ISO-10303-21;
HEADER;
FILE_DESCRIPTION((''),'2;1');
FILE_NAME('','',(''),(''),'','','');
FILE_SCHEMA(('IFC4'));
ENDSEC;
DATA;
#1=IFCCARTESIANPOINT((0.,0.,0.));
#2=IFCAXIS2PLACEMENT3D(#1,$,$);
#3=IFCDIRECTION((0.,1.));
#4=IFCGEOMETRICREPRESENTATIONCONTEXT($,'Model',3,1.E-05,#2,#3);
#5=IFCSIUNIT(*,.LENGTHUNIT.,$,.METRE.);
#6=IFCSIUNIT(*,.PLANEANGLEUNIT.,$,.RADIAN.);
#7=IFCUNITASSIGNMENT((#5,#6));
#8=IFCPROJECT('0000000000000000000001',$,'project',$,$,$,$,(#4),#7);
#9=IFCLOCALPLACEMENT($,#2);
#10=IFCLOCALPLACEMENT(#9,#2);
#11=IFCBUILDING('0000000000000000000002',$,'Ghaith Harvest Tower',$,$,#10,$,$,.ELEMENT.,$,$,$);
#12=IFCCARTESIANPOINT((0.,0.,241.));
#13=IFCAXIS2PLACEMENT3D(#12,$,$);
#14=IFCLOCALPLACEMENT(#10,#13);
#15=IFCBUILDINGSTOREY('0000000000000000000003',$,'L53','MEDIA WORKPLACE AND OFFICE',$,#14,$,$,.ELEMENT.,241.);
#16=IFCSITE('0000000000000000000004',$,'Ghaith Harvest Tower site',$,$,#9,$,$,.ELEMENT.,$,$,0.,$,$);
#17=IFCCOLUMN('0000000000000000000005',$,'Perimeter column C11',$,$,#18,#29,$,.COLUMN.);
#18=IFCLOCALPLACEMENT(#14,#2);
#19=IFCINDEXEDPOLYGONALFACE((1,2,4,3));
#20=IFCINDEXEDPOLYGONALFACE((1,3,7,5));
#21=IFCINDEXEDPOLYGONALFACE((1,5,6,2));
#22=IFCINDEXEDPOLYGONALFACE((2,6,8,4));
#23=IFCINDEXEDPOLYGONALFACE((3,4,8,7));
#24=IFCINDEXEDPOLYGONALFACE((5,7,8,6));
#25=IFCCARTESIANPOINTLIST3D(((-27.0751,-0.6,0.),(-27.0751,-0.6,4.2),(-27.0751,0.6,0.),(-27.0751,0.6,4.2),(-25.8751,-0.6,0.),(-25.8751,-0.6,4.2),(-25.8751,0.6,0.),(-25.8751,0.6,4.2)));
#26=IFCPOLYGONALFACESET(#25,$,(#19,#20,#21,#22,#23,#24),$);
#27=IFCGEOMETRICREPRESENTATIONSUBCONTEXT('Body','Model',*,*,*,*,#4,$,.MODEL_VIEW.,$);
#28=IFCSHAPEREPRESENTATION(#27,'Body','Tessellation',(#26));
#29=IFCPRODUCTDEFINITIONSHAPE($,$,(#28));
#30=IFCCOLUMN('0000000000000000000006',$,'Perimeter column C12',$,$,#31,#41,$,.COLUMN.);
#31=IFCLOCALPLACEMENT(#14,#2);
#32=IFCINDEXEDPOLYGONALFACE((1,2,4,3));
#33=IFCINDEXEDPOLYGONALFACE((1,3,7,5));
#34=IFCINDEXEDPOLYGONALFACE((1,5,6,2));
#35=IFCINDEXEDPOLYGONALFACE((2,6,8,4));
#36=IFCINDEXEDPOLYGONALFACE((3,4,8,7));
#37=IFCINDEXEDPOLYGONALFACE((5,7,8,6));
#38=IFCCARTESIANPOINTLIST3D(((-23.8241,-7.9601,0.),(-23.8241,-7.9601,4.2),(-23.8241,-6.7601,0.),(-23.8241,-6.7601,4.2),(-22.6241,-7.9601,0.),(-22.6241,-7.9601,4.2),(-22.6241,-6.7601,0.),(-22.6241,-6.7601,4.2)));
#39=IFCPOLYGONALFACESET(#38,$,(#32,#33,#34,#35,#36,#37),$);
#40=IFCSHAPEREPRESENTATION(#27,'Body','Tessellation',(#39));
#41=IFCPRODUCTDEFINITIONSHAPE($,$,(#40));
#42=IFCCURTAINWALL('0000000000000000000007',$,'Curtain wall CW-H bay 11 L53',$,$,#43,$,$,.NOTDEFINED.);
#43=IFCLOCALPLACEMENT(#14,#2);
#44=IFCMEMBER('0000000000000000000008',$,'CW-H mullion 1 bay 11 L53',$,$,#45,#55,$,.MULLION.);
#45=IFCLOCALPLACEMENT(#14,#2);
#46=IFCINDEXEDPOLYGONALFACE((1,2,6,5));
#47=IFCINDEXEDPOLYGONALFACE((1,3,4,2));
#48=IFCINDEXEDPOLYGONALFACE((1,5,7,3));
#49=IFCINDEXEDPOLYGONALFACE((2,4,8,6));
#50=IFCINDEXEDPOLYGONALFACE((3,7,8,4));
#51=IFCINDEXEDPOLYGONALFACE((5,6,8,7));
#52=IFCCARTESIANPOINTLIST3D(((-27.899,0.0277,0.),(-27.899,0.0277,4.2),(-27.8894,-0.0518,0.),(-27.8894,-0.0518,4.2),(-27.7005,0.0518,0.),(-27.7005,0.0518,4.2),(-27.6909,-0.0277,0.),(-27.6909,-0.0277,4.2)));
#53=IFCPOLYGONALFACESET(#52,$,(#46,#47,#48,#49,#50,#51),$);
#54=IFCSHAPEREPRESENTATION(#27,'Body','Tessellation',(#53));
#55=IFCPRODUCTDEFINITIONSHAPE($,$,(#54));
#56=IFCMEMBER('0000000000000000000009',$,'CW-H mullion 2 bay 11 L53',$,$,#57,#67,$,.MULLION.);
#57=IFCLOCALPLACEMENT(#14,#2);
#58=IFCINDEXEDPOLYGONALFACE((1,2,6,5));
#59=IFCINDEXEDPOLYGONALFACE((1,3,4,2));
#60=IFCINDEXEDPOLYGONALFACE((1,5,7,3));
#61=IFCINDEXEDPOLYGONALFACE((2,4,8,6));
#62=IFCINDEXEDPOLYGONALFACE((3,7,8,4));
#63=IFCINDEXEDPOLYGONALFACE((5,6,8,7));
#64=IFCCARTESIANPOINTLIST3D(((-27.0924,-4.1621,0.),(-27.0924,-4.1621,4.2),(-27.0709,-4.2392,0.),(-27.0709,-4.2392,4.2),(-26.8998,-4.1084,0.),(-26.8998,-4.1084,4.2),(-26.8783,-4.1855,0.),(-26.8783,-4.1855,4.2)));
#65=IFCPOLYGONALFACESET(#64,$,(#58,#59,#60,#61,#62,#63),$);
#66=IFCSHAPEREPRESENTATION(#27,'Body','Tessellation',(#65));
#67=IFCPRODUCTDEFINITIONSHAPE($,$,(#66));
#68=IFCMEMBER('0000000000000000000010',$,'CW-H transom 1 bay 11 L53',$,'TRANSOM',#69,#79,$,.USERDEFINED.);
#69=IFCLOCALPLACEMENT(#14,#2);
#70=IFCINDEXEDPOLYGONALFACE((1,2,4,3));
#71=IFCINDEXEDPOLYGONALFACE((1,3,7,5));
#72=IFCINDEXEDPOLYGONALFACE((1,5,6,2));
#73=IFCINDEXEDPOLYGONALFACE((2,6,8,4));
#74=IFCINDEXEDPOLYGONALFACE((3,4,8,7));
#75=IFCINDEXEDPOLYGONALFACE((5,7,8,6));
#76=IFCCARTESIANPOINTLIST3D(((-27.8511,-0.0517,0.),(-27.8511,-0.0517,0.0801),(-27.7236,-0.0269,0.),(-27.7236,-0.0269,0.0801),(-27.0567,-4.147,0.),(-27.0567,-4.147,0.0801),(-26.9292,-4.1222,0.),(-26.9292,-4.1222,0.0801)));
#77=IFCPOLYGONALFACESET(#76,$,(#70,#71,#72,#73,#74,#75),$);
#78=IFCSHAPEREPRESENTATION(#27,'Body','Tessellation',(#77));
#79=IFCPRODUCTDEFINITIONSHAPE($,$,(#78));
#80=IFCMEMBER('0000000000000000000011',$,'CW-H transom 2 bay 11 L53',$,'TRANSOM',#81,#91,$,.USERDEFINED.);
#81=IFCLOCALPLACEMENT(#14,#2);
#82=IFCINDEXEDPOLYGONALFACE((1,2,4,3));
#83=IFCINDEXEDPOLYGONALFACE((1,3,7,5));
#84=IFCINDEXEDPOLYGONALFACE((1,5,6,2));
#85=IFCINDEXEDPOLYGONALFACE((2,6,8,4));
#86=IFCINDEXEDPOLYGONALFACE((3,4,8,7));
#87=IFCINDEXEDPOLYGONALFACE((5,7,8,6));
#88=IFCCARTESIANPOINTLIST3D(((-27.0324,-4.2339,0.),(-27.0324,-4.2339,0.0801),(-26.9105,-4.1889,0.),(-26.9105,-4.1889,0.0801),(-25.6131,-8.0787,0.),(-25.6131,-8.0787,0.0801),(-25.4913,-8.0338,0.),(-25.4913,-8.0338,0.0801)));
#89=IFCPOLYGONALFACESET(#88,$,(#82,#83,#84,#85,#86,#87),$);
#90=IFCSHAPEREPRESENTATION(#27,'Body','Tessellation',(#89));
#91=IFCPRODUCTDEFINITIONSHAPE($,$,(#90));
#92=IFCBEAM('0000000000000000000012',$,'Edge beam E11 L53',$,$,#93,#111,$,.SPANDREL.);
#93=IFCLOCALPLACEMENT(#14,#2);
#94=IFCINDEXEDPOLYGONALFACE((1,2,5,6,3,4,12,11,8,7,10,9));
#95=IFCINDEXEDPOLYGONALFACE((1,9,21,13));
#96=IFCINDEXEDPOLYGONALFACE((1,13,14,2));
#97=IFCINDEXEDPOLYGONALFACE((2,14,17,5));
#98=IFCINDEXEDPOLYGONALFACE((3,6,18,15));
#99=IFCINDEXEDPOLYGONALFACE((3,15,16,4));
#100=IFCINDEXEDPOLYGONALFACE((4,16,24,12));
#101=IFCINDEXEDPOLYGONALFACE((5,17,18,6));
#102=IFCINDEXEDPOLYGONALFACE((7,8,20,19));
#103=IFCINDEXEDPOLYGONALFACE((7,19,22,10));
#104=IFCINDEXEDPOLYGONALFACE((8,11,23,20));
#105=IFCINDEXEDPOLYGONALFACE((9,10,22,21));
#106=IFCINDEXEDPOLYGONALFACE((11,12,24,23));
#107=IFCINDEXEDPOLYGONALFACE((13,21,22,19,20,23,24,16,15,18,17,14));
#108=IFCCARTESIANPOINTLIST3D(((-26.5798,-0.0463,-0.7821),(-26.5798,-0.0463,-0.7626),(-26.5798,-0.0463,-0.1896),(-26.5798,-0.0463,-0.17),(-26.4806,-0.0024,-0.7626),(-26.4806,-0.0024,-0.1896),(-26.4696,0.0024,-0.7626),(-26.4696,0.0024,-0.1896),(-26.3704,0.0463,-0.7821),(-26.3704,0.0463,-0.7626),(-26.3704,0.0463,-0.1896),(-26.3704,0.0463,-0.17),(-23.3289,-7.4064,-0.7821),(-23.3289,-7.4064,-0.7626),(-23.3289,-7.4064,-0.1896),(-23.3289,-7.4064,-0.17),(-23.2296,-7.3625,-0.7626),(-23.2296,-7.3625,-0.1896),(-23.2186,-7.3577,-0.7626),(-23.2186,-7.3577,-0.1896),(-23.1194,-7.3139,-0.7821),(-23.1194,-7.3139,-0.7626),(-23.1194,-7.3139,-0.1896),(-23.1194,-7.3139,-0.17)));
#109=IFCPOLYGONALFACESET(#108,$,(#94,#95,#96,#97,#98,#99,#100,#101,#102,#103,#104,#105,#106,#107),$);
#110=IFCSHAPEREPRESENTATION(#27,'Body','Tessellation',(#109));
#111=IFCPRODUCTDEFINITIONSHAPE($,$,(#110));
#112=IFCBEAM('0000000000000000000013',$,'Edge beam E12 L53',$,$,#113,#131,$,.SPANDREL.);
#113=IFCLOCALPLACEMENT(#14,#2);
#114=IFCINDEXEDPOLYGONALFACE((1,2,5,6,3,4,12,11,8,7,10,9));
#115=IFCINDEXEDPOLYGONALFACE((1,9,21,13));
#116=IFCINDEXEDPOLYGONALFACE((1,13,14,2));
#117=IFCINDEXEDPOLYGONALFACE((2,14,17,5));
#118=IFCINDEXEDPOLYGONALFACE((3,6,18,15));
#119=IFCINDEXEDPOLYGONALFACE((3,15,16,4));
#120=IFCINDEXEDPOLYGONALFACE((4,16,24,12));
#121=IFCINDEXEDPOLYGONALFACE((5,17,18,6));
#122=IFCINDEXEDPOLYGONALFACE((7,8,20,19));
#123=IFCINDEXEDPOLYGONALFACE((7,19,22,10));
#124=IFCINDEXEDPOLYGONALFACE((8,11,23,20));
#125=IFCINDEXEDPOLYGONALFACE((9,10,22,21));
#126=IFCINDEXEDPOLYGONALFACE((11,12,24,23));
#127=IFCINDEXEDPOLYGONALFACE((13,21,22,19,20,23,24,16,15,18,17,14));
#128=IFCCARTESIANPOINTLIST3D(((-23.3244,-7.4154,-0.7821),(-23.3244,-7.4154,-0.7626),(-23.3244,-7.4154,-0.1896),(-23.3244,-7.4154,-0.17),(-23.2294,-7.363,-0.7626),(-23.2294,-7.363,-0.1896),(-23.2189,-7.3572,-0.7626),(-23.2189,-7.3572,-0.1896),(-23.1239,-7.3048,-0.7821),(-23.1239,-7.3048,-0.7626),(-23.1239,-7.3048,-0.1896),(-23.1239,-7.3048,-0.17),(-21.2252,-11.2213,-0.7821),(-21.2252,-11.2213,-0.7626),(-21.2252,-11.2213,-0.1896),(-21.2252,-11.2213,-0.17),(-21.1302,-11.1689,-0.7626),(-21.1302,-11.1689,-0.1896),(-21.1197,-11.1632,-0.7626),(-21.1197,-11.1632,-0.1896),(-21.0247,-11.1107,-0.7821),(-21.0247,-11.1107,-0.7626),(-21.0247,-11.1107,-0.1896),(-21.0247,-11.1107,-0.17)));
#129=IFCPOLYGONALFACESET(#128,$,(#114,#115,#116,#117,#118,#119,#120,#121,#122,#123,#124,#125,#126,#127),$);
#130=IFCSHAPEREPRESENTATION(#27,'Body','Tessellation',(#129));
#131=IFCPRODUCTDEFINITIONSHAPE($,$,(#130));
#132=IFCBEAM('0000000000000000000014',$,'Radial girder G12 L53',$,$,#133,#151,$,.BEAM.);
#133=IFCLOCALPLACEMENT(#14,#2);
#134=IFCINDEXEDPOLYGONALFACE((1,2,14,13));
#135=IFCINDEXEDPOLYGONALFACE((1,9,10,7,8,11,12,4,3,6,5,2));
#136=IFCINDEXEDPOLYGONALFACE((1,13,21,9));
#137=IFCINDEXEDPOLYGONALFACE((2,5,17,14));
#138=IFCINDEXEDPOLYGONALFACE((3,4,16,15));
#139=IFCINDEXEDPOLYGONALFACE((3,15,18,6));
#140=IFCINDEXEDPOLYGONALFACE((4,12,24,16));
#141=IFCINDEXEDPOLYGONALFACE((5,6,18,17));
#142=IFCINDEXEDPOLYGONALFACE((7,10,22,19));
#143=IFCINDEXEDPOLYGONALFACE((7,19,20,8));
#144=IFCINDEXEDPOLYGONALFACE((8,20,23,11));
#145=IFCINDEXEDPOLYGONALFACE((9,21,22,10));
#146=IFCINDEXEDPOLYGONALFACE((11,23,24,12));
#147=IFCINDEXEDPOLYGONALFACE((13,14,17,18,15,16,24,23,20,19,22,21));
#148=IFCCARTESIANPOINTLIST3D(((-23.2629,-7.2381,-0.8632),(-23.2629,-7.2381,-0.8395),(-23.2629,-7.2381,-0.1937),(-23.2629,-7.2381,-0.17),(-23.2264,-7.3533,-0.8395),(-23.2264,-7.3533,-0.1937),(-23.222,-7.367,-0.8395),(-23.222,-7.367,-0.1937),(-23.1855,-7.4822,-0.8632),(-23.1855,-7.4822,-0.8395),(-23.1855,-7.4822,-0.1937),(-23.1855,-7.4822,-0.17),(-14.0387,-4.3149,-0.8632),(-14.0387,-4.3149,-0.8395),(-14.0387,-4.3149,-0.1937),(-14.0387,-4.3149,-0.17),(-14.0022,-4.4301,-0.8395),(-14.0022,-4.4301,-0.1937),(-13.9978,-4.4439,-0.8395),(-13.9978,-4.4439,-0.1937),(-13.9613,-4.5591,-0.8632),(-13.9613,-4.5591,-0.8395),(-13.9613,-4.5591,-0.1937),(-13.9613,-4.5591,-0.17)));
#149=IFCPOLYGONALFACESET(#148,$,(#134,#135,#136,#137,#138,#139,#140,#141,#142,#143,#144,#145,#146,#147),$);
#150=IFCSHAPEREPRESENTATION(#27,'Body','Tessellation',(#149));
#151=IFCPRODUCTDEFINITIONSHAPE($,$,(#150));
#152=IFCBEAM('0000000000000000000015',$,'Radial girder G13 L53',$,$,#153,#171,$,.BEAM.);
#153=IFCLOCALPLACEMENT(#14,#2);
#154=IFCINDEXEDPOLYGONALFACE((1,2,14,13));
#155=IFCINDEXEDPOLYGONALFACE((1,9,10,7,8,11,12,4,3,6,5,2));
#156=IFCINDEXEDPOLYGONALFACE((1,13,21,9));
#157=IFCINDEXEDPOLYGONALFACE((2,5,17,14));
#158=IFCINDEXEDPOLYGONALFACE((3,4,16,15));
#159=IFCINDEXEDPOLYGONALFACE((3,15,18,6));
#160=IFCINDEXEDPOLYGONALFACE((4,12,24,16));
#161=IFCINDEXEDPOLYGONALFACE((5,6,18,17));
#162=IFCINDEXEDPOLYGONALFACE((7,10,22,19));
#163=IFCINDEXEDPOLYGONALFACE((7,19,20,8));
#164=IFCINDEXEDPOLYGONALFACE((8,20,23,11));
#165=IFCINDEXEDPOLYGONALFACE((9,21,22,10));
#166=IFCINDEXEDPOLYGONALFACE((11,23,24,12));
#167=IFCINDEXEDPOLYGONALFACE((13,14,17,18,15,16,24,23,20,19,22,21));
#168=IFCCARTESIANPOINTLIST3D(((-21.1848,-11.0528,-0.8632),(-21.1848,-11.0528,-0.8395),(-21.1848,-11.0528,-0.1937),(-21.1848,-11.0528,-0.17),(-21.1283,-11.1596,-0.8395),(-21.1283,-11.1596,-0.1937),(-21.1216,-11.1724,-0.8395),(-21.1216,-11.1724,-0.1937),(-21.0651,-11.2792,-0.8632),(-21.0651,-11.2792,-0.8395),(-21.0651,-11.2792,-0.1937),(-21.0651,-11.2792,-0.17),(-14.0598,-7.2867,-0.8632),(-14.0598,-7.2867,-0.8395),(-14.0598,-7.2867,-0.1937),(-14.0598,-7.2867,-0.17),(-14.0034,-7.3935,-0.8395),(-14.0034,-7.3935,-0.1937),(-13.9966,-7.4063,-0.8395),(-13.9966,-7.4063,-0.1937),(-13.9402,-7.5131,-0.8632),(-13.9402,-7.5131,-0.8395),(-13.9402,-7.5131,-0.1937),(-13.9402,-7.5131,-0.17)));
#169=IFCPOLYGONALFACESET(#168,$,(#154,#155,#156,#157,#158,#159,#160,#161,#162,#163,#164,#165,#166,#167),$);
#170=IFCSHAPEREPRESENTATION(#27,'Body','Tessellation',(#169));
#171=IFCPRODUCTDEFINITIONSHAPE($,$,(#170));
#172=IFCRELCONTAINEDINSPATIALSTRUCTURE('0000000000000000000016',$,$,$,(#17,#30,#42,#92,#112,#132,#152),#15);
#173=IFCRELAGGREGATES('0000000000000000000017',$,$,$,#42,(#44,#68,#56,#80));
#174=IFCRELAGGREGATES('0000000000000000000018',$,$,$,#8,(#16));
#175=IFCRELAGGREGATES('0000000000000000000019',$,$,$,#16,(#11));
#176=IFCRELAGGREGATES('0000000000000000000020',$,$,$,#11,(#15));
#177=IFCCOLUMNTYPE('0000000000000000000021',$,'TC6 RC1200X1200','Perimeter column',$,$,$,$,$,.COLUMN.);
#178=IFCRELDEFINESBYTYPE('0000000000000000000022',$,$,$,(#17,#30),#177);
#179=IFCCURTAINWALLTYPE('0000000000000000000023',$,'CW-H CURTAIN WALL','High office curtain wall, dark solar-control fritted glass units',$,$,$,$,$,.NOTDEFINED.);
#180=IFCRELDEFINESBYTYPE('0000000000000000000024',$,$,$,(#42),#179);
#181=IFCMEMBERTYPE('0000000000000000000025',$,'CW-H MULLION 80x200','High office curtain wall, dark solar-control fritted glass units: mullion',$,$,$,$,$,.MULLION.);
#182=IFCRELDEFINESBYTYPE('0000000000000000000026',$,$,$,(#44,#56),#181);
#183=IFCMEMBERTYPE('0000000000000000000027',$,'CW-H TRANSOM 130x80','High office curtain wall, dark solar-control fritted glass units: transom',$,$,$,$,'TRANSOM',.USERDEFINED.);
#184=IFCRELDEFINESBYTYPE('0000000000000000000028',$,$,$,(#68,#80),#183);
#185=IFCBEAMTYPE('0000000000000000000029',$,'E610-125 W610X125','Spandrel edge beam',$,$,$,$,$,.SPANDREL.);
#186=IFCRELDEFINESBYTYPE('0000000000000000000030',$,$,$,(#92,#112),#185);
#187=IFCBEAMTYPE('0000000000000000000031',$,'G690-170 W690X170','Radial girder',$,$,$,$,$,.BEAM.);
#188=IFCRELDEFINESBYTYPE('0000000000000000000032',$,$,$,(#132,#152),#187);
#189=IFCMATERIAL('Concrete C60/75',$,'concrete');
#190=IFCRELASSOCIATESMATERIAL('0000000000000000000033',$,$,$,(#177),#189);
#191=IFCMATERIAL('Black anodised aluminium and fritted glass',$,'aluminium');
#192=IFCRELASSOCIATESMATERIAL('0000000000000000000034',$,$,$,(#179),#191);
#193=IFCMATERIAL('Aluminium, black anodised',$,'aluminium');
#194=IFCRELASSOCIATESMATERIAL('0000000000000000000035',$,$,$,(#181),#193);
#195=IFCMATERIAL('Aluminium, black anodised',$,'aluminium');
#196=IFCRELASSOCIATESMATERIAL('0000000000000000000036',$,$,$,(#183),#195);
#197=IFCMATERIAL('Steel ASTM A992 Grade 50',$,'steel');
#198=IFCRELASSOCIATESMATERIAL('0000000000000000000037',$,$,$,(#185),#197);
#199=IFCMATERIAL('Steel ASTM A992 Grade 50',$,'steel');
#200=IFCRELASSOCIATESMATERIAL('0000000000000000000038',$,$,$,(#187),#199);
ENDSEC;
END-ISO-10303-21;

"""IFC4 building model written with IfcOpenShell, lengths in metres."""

from ifc_helpers import new_model, si_unit, direction, frame, origin, origin_2d, place, context, subcontext, project, spatial, rectangle, i_section, extrude, material, material_profile, profile_set, type_object, element, aggregate, save


model = new_model("IFC4")

# Units and contexts
model_context = context("Model", 3, precision=1e-05, world=origin(), true_north=direction((0.0, 1.0)))
body_context = subcontext(model_context, "Body", "Model", "MODEL_VIEW")
ifc_project = project(units=[si_unit("LENGTHUNIT", "METRE"), si_unit("PLANEANGLEUNIT", "RADIAN")], contexts=[model_context])

# Site, building, storey
site_placement = place(None, origin())
site = spatial("IfcSite", under=ifc_project, at=site_placement, Name="Ghaith Harvest Tower site", CompositionType="ELEMENT", RefElevation=0.0)
building_placement = place(site_placement, origin())
building = spatial("IfcBuilding", under=site, at=building_placement, Name="Ghaith Harvest Tower", CompositionType="ELEMENT")
storey_placement = place(building_placement, frame((0.0, 0.0, 241.0)))
storey = spatial("IfcBuildingStorey", under=building, at=storey_placement, Name="L53", Description="MEDIA WORKPLACE AND OFFICE", CompositionType="ELEMENT", Elevation=241.0)

# Columns
ifc_material_1 = material(Name="Concrete C60/75", Category="concrete")
ifc_material_profile_1 = material_profile(ifc_material_1, rectangle(XDim=1.2, YDim=1.2, at=origin_2d()), Name="RC1200X1200")
ifc_profile_set_1 = profile_set([ifc_material_profile_1], Name="Concrete C60/75")
column_type = type_object("IfcColumnType", Name="TC6 RC1200X1200", Description="Perimeter column", PredefinedType="COLUMN", material=ifc_profile_set_1)
for number, where, z_axis, x_axis, name in (
    (1, (-26.4751, 0.0, 0.0), (0.0, 0.0, 1.0), (1.0, 0.0, 0.0), "Perimeter column C11"),
    (2, (-23.2241, -7.3601, 0.0), (0.0, 0.0, 1.0), (1.0, 0.0, 0.0), "Perimeter column C12"),
):
    element("IfcColumn", number, at=place(storey_placement, frame(where, z_axis=z_axis, x_axis=x_axis)), inside=storey, type_object=column_type, Name=name, PredefinedType="COLUMN", context=body_context, shape_type="SweptSolid", body=[
        extrude(rectangle(XDim=1.2, YDim=1.2, at=origin_2d()), origin(), (0.0, 0.0, 1.0), 4.2),
    ])

# Curtain wall, members
ifc_material_2 = material(Name="Black anodised aluminium and fritted glass", Category="aluminium")
curtain_wall_type = type_object("IfcCurtainWallType", Name="CW-H CURTAIN WALL", Description="High office curtain wall, dark solar-control fritted glass units", PredefinedType="NOTDEFINED", material=ifc_material_2)
curtain_wall_placement = place(storey_placement, origin())
curtain_wall = element("IfcCurtainWall", 3, at=curtain_wall_placement, inside=storey, type_object=curtain_wall_type, Name="Curtain wall CW-H bay 11 L53", PredefinedType="NOTDEFINED")
ifc_material_3 = material(Name="Aluminium, black anodised", Category="aluminium")
ifc_material_profile_2 = material_profile(ifc_material_3, rectangle(XDim=0.0801, YDim=0.2, at=origin_2d()), Name="CW-H MULLION 80x200")
ifc_profile_set_2 = profile_set([ifc_material_profile_2], Name="Aluminium, black anodised")
member_type_1 = type_object("IfcMemberType", Name="CW-H MULLION 80x200", Description="High office curtain wall, dark solar-control fritted glass units: mullion", PredefinedType="MULLION", material=ifc_profile_set_2)
member_1_placement = place(storey_placement, frame((-27.7949, 0.0, 0.0), z_axis=(0.0, 0.0, 1.0), x_axis=(0.12025, -0.992744, 0.0)))
member_1 = element("IfcMember", 4, at=member_1_placement, type_object=member_type_1, Name="CW-H mullion 1 bay 11 L53", PredefinedType="MULLION", context=body_context, shape_type="SweptSolid", body=[
    extrude(rectangle(XDim=0.0801, YDim=0.2, at=origin_2d()), origin(), (0.0, 0.0, 1.0), 4.2),
])
member_2_placement = place(storey_placement, frame((-26.9854, -4.1738, 0.0), z_axis=(0.0, 0.0, 1.0), x_axis=(0.268569, -0.96326, 0.0)))
member_2 = element("IfcMember", 5, at=member_2_placement, type_object=member_type_1, Name="CW-H mullion 2 bay 11 L53", PredefinedType="MULLION", context=body_context, shape_type="SweptSolid", body=[
    extrude(rectangle(XDim=0.0801, YDim=0.2, at=origin_2d()), origin(), (0.0, 0.0, 1.0), 4.2),
])
ifc_material_4 = material(Name="Aluminium, black anodised", Category="aluminium")
ifc_material_profile_3 = material_profile(ifc_material_4, rectangle(XDim=0.1299, YDim=0.0801, at=origin_2d()), Name="CW-H TRANSOM 130x80")
ifc_profile_set_3 = profile_set([ifc_material_profile_3], Name="Aluminium, black anodised")
member_type_2 = type_object("IfcMemberType", Name="CW-H TRANSOM 130x80", Description="High office curtain wall, dark solar-control fritted glass units: transom", ElementType="TRANSOM", PredefinedType="USERDEFINED", material=ifc_profile_set_3)
member_3_placement = place(storey_placement, frame((-27.7874, -0.0393, 0.04), z_axis=(0.19044, -0.981699, 0.0), x_axis=(0.981699, 0.19044, 0.0)))
member_3 = element("IfcMember", 6, at=member_3_placement, type_object=member_type_2, Name="CW-H transom 1 bay 11 L53", ObjectType="TRANSOM", PredefinedType="USERDEFINED", context=body_context, shape_type="SweptSolid", body=[
    extrude(rectangle(XDim=0.1299, YDim=0.0801, at=origin_2d()), origin(), (0.0, 0.0, 1.0), 4.1716),
])
member_4_placement = place(storey_placement, frame((-26.9714, -4.2114, 0.04), z_axis=(0.346288, -0.938128, 0.0), x_axis=(0.938128, 0.346288, 0.0)))
member_4 = element("IfcMember", 7, at=member_4_placement, type_object=member_type_2, Name="CW-H transom 2 bay 11 L53", ObjectType="TRANSOM", PredefinedType="USERDEFINED", context=body_context, shape_type="SweptSolid", body=[
    extrude(rectangle(XDim=0.1299, YDim=0.0801, at=origin_2d()), origin(), (0.0, 0.0, 1.0), 4.0984),
])

# Beams
ifc_material_5 = material(Name="Steel ASTM A992 Grade 50", Category="steel")
ifc_material_profile_4 = material_profile(ifc_material_5, i_section(OverallWidth=0.229, OverallDepth=0.6121, WebThickness=0.012, FlangeThickness=0.0195, at=origin_2d()), Name="W610X125")
ifc_profile_set_4 = profile_set([ifc_material_profile_4], Name="Steel ASTM A992 Grade 50")
beam_type_1 = type_object("IfcBeamType", Name="E610-125 W610X125", Description="Spandrel edge beam", PredefinedType="SPANDREL", material=ifc_profile_set_4)
beam_1_placement = place(storey_placement, frame((-26.4751, 0.0, -0.4761), z_axis=(0.404043, -0.91474, 0.0), x_axis=(0.91474, 0.404043, 0.0)))
element("IfcBeam", 8, at=beam_1_placement, inside=storey, type_object=beam_type_1, Name="Edge beam E11 L53", PredefinedType="SPANDREL", context=body_context, shape_type="SweptSolid", body=[
    extrude(i_section(OverallWidth=0.229, OverallDepth=0.6121, WebThickness=0.012, FlangeThickness=0.0195, at=origin_2d()), origin(), (0.0, 0.0, 1.0), 8.0461),
])
beam_2_placement = place(storey_placement, frame((-23.2241, -7.3601, -0.4761), z_axis=(0.482956, -0.875645, 0.0), x_axis=(0.875645, 0.482956, 0.0)))
element("IfcBeam", 9, at=beam_2_placement, inside=storey, type_object=beam_type_1, Name="Edge beam E12 L53", PredefinedType="SPANDREL", context=body_context, shape_type="SweptSolid", body=[
    extrude(i_section(OverallWidth=0.229, OverallDepth=0.6121, WebThickness=0.012, FlangeThickness=0.0195, at=origin_2d()), origin(), (0.0, 0.0, 1.0), 4.3464),
])
ifc_material_6 = material(Name="Steel ASTM A992 Grade 50", Category="steel")
ifc_material_profile_5 = material_profile(ifc_material_6, i_section(OverallWidth=0.2561, OverallDepth=0.6931, WebThickness=0.0144, FlangeThickness=0.0237, at=origin_2d()), Name="W690X170")
ifc_profile_set_5 = profile_set([ifc_material_profile_5], Name="Steel ASTM A992 Grade 50")
beam_type_2 = type_object("IfcBeamType", Name="G690-170 W690X170", Description="Radial girder", PredefinedType="BEAM", material=ifc_profile_set_5)
beam_3_placement = place(storey_placement, frame((-14.0, -4.437, -0.5166), z_axis=(-0.953279, -0.302091, 0.0), x_axis=(0.302091, -0.953279, 0.0)))
element("IfcBeam", 10, at=beam_3_placement, inside=storey, type_object=beam_type_2, Name="Radial girder G12 L53", PredefinedType="BEAM", context=body_context, shape_type="SweptSolid", body=[
    extrude(i_section(OverallWidth=0.2561, OverallDepth=0.6931, WebThickness=0.0144, FlangeThickness=0.0237, at=origin_2d()), origin(), (0.0, 0.0, 1.0), 9.6763),
])
beam_4_placement = place(storey_placement, frame((-14.0, -7.3999, -0.5166), z_axis=(-0.884093, -0.467311, 0.0), x_axis=(0.467311, -0.884093, 0.0)))
element("IfcBeam", 11, at=beam_4_placement, inside=storey, type_object=beam_type_2, Name="Radial girder G13 L53", PredefinedType="BEAM", context=body_context, shape_type="SweptSolid", body=[
    extrude(i_section(OverallWidth=0.2561, OverallDepth=0.6931, WebThickness=0.0144, FlangeThickness=0.0237, at=origin_2d()), origin(), (0.0, 0.0, 1.0), 8.0591),
])

aggregate(curtain_wall, [member_1, member_3, member_2, member_4])

save(model, "model.ifc")
